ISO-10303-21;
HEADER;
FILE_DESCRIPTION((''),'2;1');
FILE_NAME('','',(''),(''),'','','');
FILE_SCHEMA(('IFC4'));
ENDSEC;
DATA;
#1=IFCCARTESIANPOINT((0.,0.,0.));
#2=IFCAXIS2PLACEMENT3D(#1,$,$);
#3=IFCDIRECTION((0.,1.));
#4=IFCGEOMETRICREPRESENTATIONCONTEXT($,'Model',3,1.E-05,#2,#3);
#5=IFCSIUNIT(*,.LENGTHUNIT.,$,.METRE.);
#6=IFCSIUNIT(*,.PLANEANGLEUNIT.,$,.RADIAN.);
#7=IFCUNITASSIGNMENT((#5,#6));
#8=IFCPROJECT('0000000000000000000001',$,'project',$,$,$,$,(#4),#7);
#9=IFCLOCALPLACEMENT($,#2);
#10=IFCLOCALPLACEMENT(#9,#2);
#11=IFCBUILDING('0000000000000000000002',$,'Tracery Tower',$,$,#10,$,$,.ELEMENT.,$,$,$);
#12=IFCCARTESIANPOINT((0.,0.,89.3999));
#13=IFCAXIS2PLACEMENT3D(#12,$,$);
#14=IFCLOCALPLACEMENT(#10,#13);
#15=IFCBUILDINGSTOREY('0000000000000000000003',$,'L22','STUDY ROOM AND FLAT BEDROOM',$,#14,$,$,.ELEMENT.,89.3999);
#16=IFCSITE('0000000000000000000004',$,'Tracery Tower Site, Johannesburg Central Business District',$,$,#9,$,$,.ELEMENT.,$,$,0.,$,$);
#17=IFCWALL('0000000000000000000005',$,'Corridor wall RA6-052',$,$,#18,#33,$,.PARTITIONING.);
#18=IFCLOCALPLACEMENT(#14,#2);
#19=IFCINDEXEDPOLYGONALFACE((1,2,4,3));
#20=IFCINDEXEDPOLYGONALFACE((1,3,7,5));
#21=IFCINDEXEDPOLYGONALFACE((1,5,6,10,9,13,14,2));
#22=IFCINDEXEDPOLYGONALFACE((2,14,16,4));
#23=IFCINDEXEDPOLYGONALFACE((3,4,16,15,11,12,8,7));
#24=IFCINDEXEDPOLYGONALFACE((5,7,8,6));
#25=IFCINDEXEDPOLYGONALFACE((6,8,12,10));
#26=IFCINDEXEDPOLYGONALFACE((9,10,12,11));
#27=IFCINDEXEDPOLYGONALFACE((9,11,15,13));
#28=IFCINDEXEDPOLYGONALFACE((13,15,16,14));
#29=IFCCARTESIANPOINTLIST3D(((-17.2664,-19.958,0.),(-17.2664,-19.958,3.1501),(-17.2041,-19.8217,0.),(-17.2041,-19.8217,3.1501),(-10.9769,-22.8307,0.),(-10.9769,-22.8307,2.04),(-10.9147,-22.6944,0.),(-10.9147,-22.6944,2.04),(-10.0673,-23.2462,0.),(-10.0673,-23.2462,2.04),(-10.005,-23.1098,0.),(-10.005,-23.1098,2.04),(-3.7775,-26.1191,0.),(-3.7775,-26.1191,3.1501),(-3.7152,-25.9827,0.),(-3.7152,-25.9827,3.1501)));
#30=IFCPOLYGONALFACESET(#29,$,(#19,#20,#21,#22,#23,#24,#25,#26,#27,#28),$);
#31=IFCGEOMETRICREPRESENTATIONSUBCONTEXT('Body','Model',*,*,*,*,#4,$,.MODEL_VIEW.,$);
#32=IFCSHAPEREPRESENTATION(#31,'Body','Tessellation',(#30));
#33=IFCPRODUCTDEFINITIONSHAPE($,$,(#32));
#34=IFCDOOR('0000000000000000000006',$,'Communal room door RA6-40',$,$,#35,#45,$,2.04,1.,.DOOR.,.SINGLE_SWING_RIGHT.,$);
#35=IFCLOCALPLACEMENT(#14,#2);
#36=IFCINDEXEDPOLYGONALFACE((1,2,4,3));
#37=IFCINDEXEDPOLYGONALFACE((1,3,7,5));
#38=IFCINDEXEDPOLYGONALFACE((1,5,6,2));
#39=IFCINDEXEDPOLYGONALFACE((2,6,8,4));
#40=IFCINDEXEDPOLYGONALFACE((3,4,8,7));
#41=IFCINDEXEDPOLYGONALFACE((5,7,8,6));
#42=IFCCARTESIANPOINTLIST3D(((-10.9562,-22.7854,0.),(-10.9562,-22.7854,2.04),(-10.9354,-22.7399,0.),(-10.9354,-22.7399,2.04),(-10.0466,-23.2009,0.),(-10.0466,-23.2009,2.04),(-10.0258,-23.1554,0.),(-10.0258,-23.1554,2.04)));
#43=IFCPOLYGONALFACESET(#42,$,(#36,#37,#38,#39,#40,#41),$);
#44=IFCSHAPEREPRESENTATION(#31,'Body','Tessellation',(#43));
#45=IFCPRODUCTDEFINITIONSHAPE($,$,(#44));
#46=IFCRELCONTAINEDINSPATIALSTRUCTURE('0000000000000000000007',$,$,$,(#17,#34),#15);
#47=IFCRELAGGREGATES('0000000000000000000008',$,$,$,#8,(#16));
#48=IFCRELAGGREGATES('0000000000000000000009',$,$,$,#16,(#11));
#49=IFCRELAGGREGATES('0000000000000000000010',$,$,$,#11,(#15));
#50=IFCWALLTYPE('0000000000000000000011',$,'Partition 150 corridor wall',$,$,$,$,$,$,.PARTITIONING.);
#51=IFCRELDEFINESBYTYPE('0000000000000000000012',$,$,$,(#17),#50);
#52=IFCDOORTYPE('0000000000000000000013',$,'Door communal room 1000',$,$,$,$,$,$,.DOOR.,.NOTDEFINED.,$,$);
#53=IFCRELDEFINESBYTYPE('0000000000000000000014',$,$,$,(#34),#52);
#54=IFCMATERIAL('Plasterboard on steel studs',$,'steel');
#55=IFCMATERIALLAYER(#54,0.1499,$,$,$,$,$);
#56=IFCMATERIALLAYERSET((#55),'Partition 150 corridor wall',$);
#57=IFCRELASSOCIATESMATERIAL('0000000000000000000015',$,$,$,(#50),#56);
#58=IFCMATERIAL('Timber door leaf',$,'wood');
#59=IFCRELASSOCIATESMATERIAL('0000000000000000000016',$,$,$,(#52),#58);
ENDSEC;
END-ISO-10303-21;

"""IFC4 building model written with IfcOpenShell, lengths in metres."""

from ifc_helpers import new_model, si_unit, direction, frame, frame_2d, origin, place, context, subcontext, project, spatial, rectangle, extrude, material, layer, layer_set, type_object, element, fill, save


model = new_model("IFC4")

# Units and contexts
model_context = context("Model", 3, precision=1e-05, world=origin(), true_north=direction((0.0, 1.0)))
body_context = subcontext(model_context, "Body", "Model", "MODEL_VIEW")
ifc_project = project(units=[si_unit("LENGTHUNIT", "METRE"), si_unit("PLANEANGLEUNIT", "RADIAN")], contexts=[model_context])

# Site, building, storey
site_placement = place(None, origin())
site = spatial("IfcSite", under=ifc_project, at=site_placement, Name="Tracery Tower Site, Johannesburg Central Business District", CompositionType="ELEMENT", RefElevation=0.0)
building_placement = place(site_placement, origin())
building = spatial("IfcBuilding", under=site, at=building_placement, Name="Tracery Tower", CompositionType="ELEMENT")
storey_placement = place(building_placement, frame((0.0, 0.0, 89.3999)))
storey = spatial("IfcBuildingStorey", under=building, at=storey_placement, Name="L22", Description="STUDY ROOM AND FLAT BEDROOM", CompositionType="ELEMENT", Elevation=89.3999)

# Wall, opening, door
ifc_material_1 = material(Name="Plasterboard on steel studs", Category="steel")
ifc_layer_1 = layer(ifc_material_1, 0.1499)
ifc_layer_set_1 = layer_set([ifc_layer_1], Name="Partition 150 corridor wall")
wall_type_1 = type_object("IfcWallType", Name="Partition 150 corridor wall", PredefinedType="PARTITIONING", material=ifc_layer_set_1)
wall_1_placement = place(storey_placement, frame((-17.2351, -19.8899, 0.0), z_axis=(0.0, 0.0, 1.0), x_axis=(0.909609, -0.415466, 0.0)))
wall_1 = element("IfcWall", 1, at=wall_1_placement, inside=storey, type_object=wall_type_1, Name="Corridor wall RA6-052", PredefinedType="PARTITIONING", context=body_context, shape_type="SweptSolid", body=[
    extrude(rectangle(XDim=14.8293, YDim=0.1499, at=frame_2d((7.4146, 0.0))), origin(), (0.0, 0.0, 1.0), 3.1501),
])
opening_1_placement = place(wall_1_placement, frame((6.9143, 0.0, 0.0)))
opening_1 = element("IfcOpeningElement", 2, at=opening_1_placement, cuts=wall_1, PredefinedType="OPENING", context=body_context, shape_type="SweptSolid", body=[
    extrude(rectangle(XDim=1.0, YDim=2.04, at=frame_2d((0.5, 1.02))), frame((0.0, 0.075, 0.0), z_axis=(0.0, -1.0, 0.0), x_axis=(1.0, 0.0, 0.0)), (0.0, 0.0, 1.0), 0.1499),
])
ifc_material_2 = material(Name="Timber door leaf", Category="wood")
door_type_1 = type_object("IfcDoorType", Name="Door communal room 1000", OperationType="NOTDEFINED", PredefinedType="DOOR", material=ifc_material_2)
door_1_placement = place(opening_1_placement, origin())
door_1 = element("IfcDoor", 3, at=door_1_placement, inside=storey, type_object=door_type_1, Name="Communal room door RA6-40", OperationType="SINGLE_SWING_RIGHT", OverallHeight=2.04, OverallWidth=1.0, PredefinedType="DOOR", context=body_context, shape_type="SweptSolid", body=[
    extrude(rectangle(XDim=1.0, YDim=2.04, at=frame_2d((0.5, 1.02))), frame((0.0, 0.0249, 0.0), z_axis=(0.0, -1.0, 0.0), x_axis=(1.0, 0.0, 0.0)), (0.0, 0.0, 1.0), 0.05),
])
fill(opening_1, door_1)

save(model, "model.ifc")
